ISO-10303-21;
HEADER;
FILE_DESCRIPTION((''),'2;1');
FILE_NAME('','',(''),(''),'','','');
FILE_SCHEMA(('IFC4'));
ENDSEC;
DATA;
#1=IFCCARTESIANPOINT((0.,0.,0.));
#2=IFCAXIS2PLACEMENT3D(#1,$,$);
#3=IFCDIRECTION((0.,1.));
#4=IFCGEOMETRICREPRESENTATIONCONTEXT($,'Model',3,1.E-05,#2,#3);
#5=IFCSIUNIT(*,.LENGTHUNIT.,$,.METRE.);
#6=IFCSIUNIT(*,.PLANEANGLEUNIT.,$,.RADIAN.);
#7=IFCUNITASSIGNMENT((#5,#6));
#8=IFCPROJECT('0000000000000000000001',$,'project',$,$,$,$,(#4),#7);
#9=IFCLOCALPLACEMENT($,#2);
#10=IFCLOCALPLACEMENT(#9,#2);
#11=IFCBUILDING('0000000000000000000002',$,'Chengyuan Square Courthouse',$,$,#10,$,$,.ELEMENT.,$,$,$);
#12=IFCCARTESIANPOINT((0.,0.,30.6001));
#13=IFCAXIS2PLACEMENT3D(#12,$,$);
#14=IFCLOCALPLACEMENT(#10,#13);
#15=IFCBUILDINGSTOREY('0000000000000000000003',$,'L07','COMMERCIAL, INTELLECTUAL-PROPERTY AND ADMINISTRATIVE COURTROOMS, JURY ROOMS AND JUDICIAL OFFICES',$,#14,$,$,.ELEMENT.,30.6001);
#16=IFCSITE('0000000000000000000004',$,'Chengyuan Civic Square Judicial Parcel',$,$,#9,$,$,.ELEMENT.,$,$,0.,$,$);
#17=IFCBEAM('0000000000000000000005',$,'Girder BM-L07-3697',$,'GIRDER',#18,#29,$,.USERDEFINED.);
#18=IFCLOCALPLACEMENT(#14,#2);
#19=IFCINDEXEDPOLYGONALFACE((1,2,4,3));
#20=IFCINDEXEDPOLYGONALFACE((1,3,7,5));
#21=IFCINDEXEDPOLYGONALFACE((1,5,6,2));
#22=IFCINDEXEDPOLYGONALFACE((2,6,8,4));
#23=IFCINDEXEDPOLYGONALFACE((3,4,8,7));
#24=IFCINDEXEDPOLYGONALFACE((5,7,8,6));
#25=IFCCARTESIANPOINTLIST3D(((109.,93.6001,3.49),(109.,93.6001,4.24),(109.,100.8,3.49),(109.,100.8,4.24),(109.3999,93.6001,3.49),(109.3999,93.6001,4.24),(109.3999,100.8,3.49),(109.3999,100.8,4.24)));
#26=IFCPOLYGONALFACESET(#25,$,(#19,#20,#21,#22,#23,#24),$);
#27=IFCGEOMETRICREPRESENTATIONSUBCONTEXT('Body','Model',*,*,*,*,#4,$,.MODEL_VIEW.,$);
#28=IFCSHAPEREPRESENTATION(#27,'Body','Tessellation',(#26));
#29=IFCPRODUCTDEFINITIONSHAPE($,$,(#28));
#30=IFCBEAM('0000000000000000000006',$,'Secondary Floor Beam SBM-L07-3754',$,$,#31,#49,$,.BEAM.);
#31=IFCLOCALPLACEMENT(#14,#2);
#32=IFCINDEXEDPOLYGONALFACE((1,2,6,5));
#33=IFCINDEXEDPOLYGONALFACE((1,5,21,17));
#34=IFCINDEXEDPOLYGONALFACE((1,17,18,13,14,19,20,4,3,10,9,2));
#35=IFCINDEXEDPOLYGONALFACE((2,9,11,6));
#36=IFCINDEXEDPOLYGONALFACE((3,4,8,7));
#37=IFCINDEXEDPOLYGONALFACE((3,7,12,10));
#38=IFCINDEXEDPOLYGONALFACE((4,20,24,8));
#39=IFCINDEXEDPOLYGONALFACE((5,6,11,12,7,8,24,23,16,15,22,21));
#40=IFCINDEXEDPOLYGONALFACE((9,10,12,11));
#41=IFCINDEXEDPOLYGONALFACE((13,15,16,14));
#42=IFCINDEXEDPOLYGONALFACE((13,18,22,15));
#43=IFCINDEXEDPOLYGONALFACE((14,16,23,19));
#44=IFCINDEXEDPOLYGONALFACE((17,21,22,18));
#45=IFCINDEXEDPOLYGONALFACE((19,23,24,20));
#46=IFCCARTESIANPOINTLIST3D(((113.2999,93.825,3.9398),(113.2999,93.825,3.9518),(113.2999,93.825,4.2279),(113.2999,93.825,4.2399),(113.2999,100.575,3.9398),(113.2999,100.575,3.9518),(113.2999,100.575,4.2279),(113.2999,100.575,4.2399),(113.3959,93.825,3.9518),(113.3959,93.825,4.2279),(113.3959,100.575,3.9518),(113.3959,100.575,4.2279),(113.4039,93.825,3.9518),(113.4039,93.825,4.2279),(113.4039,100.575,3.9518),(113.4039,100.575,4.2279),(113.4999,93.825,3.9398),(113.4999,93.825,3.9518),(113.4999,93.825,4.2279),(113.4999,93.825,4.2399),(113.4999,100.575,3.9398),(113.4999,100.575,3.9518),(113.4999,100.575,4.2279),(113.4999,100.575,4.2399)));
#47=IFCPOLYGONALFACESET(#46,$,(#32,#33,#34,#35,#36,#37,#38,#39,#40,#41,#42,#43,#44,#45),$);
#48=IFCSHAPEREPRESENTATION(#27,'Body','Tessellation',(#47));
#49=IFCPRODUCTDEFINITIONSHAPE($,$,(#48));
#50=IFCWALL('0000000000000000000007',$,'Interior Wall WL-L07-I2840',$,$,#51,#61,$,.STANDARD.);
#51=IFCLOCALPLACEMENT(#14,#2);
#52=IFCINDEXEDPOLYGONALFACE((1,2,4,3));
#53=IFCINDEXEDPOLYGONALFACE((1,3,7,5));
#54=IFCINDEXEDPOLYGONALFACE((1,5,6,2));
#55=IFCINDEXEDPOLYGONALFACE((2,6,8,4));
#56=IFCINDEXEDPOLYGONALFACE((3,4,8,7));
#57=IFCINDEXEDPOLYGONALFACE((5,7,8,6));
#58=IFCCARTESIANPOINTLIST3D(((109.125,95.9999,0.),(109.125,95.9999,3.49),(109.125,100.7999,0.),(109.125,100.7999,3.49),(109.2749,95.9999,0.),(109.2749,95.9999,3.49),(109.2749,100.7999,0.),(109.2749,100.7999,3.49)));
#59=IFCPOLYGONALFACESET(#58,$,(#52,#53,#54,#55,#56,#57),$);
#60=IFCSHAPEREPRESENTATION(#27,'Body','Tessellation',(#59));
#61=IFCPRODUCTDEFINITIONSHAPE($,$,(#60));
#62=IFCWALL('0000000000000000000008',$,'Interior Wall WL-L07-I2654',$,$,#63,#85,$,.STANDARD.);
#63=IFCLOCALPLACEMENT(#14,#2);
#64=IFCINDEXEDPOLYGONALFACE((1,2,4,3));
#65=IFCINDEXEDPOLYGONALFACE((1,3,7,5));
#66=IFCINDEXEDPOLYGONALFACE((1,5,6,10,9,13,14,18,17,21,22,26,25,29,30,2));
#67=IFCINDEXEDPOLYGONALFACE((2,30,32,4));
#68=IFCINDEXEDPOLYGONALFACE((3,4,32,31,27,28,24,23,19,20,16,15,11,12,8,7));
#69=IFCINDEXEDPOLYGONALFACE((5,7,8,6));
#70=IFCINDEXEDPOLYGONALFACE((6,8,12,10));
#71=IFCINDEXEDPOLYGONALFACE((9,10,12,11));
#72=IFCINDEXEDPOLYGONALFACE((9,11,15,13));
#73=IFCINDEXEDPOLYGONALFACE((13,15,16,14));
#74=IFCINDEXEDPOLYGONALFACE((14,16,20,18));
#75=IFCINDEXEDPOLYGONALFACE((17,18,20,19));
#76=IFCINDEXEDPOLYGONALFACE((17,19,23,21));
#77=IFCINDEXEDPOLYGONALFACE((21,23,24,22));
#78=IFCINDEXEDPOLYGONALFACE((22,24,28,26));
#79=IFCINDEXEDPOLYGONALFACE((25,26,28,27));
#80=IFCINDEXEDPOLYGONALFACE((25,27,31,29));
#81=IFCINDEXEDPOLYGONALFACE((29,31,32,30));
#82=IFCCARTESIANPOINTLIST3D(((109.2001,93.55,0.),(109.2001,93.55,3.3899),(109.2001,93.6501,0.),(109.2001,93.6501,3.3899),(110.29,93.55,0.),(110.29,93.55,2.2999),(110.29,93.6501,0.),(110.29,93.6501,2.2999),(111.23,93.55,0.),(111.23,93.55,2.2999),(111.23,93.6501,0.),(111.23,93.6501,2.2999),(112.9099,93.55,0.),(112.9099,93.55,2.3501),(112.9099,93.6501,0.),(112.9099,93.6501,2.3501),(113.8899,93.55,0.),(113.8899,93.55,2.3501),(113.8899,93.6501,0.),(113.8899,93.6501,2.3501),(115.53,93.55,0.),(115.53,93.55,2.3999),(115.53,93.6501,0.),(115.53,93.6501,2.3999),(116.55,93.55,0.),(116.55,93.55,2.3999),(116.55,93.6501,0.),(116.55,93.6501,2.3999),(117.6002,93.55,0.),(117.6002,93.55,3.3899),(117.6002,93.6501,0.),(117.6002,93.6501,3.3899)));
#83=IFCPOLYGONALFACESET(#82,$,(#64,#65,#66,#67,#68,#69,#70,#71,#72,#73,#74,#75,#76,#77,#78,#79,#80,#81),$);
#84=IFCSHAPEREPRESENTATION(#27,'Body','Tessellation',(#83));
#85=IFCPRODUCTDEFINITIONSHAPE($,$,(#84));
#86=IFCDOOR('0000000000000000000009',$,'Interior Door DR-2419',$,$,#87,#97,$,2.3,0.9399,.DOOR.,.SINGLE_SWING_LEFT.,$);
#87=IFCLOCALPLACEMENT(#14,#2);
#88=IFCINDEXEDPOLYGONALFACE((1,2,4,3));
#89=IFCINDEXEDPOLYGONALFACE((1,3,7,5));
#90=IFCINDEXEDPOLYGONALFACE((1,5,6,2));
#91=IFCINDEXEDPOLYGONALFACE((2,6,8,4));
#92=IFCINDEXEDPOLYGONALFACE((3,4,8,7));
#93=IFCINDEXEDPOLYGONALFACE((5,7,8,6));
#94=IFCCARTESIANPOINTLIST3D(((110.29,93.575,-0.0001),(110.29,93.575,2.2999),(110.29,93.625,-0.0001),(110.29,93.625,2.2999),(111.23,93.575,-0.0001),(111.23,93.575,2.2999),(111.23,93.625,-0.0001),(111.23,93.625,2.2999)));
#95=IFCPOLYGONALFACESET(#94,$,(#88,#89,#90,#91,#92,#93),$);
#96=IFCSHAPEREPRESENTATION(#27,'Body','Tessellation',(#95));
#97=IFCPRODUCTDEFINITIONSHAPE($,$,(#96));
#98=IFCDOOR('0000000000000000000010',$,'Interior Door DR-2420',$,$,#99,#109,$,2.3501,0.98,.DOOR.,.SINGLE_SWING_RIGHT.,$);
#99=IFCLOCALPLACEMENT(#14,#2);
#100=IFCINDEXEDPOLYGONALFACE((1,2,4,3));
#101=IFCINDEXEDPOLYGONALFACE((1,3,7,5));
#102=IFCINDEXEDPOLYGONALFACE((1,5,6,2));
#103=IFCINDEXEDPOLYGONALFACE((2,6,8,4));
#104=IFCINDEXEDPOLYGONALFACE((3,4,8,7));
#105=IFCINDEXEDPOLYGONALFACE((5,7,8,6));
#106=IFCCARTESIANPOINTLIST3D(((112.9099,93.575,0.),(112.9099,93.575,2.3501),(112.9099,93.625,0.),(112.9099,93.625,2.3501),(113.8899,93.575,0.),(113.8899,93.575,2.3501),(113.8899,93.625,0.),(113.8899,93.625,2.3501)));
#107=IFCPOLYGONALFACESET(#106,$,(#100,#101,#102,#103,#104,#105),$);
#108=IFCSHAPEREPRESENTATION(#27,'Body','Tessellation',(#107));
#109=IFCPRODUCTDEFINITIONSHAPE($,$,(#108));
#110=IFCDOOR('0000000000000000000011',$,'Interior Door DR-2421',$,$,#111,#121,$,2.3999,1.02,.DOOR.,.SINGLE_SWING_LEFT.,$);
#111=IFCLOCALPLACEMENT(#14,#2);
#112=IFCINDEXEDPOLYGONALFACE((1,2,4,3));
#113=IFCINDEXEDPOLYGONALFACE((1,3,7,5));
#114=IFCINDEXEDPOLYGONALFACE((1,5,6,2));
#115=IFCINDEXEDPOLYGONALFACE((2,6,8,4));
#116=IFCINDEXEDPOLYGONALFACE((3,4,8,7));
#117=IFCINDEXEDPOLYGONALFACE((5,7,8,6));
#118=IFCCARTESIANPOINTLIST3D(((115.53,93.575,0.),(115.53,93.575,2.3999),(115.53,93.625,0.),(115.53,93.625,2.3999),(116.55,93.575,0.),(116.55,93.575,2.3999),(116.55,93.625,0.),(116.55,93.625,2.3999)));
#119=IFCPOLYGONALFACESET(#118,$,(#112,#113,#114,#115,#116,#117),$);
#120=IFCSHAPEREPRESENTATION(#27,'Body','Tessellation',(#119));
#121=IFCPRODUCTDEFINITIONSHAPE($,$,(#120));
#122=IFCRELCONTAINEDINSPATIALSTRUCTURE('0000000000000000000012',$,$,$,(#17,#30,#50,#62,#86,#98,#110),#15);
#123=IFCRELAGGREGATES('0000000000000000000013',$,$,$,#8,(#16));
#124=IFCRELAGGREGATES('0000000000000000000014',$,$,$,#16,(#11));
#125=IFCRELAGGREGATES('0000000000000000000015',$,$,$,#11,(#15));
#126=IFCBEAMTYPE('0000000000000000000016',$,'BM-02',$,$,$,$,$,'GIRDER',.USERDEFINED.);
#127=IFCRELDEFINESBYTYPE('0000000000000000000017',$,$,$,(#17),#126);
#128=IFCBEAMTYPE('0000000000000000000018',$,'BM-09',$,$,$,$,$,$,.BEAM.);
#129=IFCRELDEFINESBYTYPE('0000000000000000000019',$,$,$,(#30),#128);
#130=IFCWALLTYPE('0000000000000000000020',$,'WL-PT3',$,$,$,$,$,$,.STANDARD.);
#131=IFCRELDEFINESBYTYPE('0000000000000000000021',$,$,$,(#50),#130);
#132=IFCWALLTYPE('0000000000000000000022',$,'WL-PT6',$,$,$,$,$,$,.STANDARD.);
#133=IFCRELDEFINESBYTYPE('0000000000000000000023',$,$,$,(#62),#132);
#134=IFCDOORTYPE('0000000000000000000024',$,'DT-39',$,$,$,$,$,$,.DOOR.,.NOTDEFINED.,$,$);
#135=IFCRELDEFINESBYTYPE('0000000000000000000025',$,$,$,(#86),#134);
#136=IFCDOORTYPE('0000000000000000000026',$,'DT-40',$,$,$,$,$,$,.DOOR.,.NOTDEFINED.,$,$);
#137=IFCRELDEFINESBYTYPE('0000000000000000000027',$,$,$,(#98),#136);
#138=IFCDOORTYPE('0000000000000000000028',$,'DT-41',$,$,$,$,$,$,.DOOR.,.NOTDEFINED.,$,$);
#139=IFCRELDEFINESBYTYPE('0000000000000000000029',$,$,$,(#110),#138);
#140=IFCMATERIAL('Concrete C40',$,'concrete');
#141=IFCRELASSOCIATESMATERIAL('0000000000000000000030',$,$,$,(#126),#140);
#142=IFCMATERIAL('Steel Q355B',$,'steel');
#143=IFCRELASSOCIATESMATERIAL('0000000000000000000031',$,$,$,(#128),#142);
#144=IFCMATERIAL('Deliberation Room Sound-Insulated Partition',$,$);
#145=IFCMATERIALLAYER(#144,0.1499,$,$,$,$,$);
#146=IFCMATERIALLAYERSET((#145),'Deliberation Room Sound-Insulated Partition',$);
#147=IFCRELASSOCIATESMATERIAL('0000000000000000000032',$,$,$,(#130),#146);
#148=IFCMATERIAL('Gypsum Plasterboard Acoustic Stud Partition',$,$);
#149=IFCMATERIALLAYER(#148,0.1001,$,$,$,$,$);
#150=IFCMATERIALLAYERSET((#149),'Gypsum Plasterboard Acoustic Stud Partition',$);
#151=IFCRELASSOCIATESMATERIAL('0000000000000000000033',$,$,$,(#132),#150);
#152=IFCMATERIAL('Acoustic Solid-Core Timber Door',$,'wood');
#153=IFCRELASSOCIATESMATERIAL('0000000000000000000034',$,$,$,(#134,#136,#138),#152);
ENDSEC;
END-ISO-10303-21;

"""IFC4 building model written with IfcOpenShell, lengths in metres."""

from ifc_helpers import new_model, si_unit, direction, frame, frame_2d, origin, origin_2d, place, context, subcontext, project, spatial, rectangle, i_section, extrude, material, layer, layer_set, material_profile, profile_set, type_object, element, fill, save


model = new_model("IFC4")

# Units and contexts
model_context = context("Model", 3, precision=1e-05, world=origin(), true_north=direction((0.0, 1.0)))
body_context = subcontext(model_context, "Body", "Model", "MODEL_VIEW")
ifc_project = project(units=[si_unit("LENGTHUNIT", "METRE"), si_unit("PLANEANGLEUNIT", "RADIAN")], contexts=[model_context])

# Site, building, storey
site_placement = place(None, origin())
site = spatial("IfcSite", under=ifc_project, at=site_placement, Name="Chengyuan Civic Square Judicial Parcel", CompositionType="ELEMENT", RefElevation=0.0)
building_placement = place(site_placement, origin())
building = spatial("IfcBuilding", under=site, at=building_placement, Name="Chengyuan Square Courthouse", CompositionType="ELEMENT")
storey_placement = place(building_placement, frame((0.0, 0.0, 30.6001)))
storey = spatial("IfcBuildingStorey", under=building, at=storey_placement, Name="L07", Description="COMMERCIAL, INTELLECTUAL-PROPERTY AND ADMINISTRATIVE COURTROOMS, JURY ROOMS AND JUDICIAL OFFICES", CompositionType="ELEMENT", Elevation=30.6001)

# Beams
ifc_material_1 = material(Name="Concrete C40", Category="concrete")
ifc_material_profile_1 = material_profile(ifc_material_1, rectangle(XDim=0.3999, YDim=0.75, at=origin_2d()), Name="RC-BM-400x750")
ifc_profile_set_1 = profile_set([ifc_material_profile_1], Name="Concrete C40")
beam_type_1 = type_object("IfcBeamType", Name="BM-02", ElementType="GIRDER", PredefinedType="USERDEFINED", material=ifc_profile_set_1)
beam_1_placement = place(storey_placement, frame((109.2, 93.6001, 3.865), z_axis=(0.0, 1.0, 0.0), x_axis=(-1.0, 0.0, 0.0)))
element("IfcBeam", 1, at=beam_1_placement, inside=storey, type_object=beam_type_1, Name="Girder BM-L07-3697", ObjectType="GIRDER", PredefinedType="USERDEFINED", context=body_context, shape_type="SweptSolid", body=[
    extrude(rectangle(XDim=0.3999, YDim=0.75, at=origin_2d()), origin(), (0.0, 0.0, 1.0), 7.2),
])
ifc_material_2 = material(Name="Steel Q355B", Category="steel")
ifc_material_profile_2 = material_profile(ifc_material_2, i_section(OverallWidth=0.2, OverallDepth=0.3, WebThickness=0.0081, FlangeThickness=0.012, at=origin_2d()), Name="HM 300x200x8x12")
ifc_profile_set_2 = profile_set([ifc_material_profile_2], Name="Steel Q355B")
beam_type_2 = type_object("IfcBeamType", Name="BM-09", PredefinedType="BEAM", material=ifc_profile_set_2)
beam_2_placement = place(storey_placement, frame((113.3999, 93.825, 4.0898), z_axis=(0.0, 1.0, 0.0), x_axis=(-1.0, 0.0, 0.0)))
element("IfcBeam", 2, at=beam_2_placement, inside=storey, type_object=beam_type_2, Name="Secondary Floor Beam SBM-L07-3754", PredefinedType="BEAM", context=body_context, shape_type="SweptSolid", body=[
    extrude(i_section(OverallWidth=0.2, OverallDepth=0.3, WebThickness=0.0081, FlangeThickness=0.012, at=origin_2d()), origin(), (0.0, 0.0, 1.0), 6.75),
])

# Wall
ifc_material_3 = material(Name="Deliberation Room Sound-Insulated Partition")
ifc_layer_1 = layer(ifc_material_3, 0.1499)
ifc_layer_set_1 = layer_set([ifc_layer_1], Name="Deliberation Room Sound-Insulated Partition")
wall_type_1 = type_object("IfcWallType", Name="WL-PT3", PredefinedType="STANDARD", material=ifc_layer_set_1)
wall_1_placement = place(storey_placement, frame((109.2, 96.0, 0.0), z_axis=(0.0, 0.0, 1.0), x_axis=(0.0, 1.0, 0.0)))
element("IfcWall", 3, at=wall_1_placement, inside=storey, type_object=wall_type_1, Name="Interior Wall WL-L07-I2840", PredefinedType="STANDARD", context=body_context, shape_type="SweptSolid", body=[
    extrude(rectangle(XDim=4.8, YDim=0.1499, at=frame_2d((2.3999, 0.0))), origin(), (0.0, 0.0, 1.0), 3.49),
])

# Wall, openings, doors
ifc_material_4 = material(Name="Gypsum Plasterboard Acoustic Stud Partition")
ifc_layer_2 = layer(ifc_material_4, 0.1001)
ifc_layer_set_2 = layer_set([ifc_layer_2], Name="Gypsum Plasterboard Acoustic Stud Partition")
wall_type_2 = type_object("IfcWallType", Name="WL-PT6", PredefinedType="STANDARD", material=ifc_layer_set_2)
wall_2_placement = place(storey_placement, frame((109.2, 93.6001, 0.0), z_axis=(0.0, 0.0, 1.0), x_axis=(1.0, 0.0, 0.0)))
wall_2 = element("IfcWall", 4, at=wall_2_placement, inside=storey, type_object=wall_type_2, Name="Interior Wall WL-L07-I2654", PredefinedType="STANDARD", context=body_context, shape_type="SweptSolid", body=[
    extrude(rectangle(XDim=8.4001, YDim=0.1001, at=frame_2d((4.2002, 0.0))), origin(), (0.0, 0.0, 1.0), 3.3899),
])
opening_1_placement = place(wall_2_placement, frame((1.0901, 0.0, 0.0)))
opening_1 = element("IfcOpeningElement", 5, at=opening_1_placement, cuts=wall_2, PredefinedType="OPENING", context=body_context, shape_type="SweptSolid", body=[
    extrude(rectangle(XDim=0.9399, YDim=2.3, at=frame_2d((0.47, 1.1499))), frame((0.0, 0.062, 0.0), z_axis=(0.0, -1.0, 0.0), x_axis=(1.0, 0.0, 0.0)), (0.0, 0.0, 1.0), 0.124),
])
opening_2_placement = place(wall_2_placement, frame((3.71, 0.0, 0.0)))
opening_2 = element("IfcOpeningElement", 6, at=opening_2_placement, cuts=wall_2, PredefinedType="OPENING", context=body_context, shape_type="SweptSolid", body=[
    extrude(rectangle(XDim=0.98, YDim=2.3501, at=frame_2d((0.49, 1.175))), frame((0.0, 0.062, 0.0), z_axis=(0.0, -1.0, 0.0), x_axis=(1.0, 0.0, 0.0)), (0.0, 0.0, 1.0), 0.124),
])
opening_3_placement = place(wall_2_placement, frame((6.3301, 0.0, 0.0)))
opening_3 = element("IfcOpeningElement", 7, at=opening_3_placement, cuts=wall_2, PredefinedType="OPENING", context=body_context, shape_type="SweptSolid", body=[
    extrude(rectangle(XDim=1.02, YDim=2.3999, at=frame_2d((0.51, 1.2))), frame((0.0, 0.062, 0.0), z_axis=(0.0, -1.0, 0.0), x_axis=(1.0, 0.0, 0.0)), (0.0, 0.0, 1.0), 0.124),
])
ifc_material_5 = material(Name="Acoustic Solid-Core Timber Door", Category="wood")
door_type_1 = type_object("IfcDoorType", Name="DT-39", OperationType="NOTDEFINED", PredefinedType="DOOR", material=ifc_material_5)
door_1_placement = place(opening_1_placement, origin())
door_1 = element("IfcDoor", 8, at=door_1_placement, inside=storey, type_object=door_type_1, Name="Interior Door DR-2419", OperationType="SINGLE_SWING_LEFT", OverallHeight=2.3, OverallWidth=0.9399, PredefinedType="DOOR", context=body_context, shape_type="SweptSolid", body=[
    extrude(rectangle(XDim=0.9399, YDim=2.3, at=frame_2d((0.47, 1.1499))), frame((0.0, 0.0249, 0.0), z_axis=(0.0, -1.0, 0.0), x_axis=(1.0, 0.0, 0.0)), (0.0, 0.0, 1.0), 0.05),
])
fill(opening_1, door_1)
door_type_2 = type_object("IfcDoorType", Name="DT-40", OperationType="NOTDEFINED", PredefinedType="DOOR", material=ifc_material_5)
door_2_placement = place(opening_2_placement, origin())
door_2 = element("IfcDoor", 9, at=door_2_placement, inside=storey, type_object=door_type_2, Name="Interior Door DR-2420", OperationType="SINGLE_SWING_RIGHT", OverallHeight=2.3501, OverallWidth=0.98, PredefinedType="DOOR", context=body_context, shape_type="SweptSolid", body=[
    extrude(rectangle(XDim=0.98, YDim=2.3501, at=frame_2d((0.49, 1.175))), frame((0.0, 0.0249, 0.0), z_axis=(0.0, -1.0, 0.0), x_axis=(1.0, 0.0, 0.0)), (0.0, 0.0, 1.0), 0.05),
])
fill(opening_2, door_2)
door_type_3 = type_object("IfcDoorType", Name="DT-41", OperationType="NOTDEFINED", PredefinedType="DOOR", material=ifc_material_5)
door_3_placement = place(opening_3_placement, origin())
door_3 = element("IfcDoor", 10, at=door_3_placement, inside=storey, type_object=door_type_3, Name="Interior Door DR-2421", OperationType="SINGLE_SWING_LEFT", OverallHeight=2.3999, OverallWidth=1.02, PredefinedType="DOOR", context=body_context, shape_type="SweptSolid", body=[
    extrude(rectangle(XDim=1.02, YDim=2.3999, at=frame_2d((0.51, 1.2))), frame((0.0, 0.0249, 0.0), z_axis=(0.0, -1.0, 0.0), x_axis=(1.0, 0.0, 0.0)), (0.0, 0.0, 1.0), 0.05),
])
fill(opening_3, door_3)

save(model, "model.ifc")
